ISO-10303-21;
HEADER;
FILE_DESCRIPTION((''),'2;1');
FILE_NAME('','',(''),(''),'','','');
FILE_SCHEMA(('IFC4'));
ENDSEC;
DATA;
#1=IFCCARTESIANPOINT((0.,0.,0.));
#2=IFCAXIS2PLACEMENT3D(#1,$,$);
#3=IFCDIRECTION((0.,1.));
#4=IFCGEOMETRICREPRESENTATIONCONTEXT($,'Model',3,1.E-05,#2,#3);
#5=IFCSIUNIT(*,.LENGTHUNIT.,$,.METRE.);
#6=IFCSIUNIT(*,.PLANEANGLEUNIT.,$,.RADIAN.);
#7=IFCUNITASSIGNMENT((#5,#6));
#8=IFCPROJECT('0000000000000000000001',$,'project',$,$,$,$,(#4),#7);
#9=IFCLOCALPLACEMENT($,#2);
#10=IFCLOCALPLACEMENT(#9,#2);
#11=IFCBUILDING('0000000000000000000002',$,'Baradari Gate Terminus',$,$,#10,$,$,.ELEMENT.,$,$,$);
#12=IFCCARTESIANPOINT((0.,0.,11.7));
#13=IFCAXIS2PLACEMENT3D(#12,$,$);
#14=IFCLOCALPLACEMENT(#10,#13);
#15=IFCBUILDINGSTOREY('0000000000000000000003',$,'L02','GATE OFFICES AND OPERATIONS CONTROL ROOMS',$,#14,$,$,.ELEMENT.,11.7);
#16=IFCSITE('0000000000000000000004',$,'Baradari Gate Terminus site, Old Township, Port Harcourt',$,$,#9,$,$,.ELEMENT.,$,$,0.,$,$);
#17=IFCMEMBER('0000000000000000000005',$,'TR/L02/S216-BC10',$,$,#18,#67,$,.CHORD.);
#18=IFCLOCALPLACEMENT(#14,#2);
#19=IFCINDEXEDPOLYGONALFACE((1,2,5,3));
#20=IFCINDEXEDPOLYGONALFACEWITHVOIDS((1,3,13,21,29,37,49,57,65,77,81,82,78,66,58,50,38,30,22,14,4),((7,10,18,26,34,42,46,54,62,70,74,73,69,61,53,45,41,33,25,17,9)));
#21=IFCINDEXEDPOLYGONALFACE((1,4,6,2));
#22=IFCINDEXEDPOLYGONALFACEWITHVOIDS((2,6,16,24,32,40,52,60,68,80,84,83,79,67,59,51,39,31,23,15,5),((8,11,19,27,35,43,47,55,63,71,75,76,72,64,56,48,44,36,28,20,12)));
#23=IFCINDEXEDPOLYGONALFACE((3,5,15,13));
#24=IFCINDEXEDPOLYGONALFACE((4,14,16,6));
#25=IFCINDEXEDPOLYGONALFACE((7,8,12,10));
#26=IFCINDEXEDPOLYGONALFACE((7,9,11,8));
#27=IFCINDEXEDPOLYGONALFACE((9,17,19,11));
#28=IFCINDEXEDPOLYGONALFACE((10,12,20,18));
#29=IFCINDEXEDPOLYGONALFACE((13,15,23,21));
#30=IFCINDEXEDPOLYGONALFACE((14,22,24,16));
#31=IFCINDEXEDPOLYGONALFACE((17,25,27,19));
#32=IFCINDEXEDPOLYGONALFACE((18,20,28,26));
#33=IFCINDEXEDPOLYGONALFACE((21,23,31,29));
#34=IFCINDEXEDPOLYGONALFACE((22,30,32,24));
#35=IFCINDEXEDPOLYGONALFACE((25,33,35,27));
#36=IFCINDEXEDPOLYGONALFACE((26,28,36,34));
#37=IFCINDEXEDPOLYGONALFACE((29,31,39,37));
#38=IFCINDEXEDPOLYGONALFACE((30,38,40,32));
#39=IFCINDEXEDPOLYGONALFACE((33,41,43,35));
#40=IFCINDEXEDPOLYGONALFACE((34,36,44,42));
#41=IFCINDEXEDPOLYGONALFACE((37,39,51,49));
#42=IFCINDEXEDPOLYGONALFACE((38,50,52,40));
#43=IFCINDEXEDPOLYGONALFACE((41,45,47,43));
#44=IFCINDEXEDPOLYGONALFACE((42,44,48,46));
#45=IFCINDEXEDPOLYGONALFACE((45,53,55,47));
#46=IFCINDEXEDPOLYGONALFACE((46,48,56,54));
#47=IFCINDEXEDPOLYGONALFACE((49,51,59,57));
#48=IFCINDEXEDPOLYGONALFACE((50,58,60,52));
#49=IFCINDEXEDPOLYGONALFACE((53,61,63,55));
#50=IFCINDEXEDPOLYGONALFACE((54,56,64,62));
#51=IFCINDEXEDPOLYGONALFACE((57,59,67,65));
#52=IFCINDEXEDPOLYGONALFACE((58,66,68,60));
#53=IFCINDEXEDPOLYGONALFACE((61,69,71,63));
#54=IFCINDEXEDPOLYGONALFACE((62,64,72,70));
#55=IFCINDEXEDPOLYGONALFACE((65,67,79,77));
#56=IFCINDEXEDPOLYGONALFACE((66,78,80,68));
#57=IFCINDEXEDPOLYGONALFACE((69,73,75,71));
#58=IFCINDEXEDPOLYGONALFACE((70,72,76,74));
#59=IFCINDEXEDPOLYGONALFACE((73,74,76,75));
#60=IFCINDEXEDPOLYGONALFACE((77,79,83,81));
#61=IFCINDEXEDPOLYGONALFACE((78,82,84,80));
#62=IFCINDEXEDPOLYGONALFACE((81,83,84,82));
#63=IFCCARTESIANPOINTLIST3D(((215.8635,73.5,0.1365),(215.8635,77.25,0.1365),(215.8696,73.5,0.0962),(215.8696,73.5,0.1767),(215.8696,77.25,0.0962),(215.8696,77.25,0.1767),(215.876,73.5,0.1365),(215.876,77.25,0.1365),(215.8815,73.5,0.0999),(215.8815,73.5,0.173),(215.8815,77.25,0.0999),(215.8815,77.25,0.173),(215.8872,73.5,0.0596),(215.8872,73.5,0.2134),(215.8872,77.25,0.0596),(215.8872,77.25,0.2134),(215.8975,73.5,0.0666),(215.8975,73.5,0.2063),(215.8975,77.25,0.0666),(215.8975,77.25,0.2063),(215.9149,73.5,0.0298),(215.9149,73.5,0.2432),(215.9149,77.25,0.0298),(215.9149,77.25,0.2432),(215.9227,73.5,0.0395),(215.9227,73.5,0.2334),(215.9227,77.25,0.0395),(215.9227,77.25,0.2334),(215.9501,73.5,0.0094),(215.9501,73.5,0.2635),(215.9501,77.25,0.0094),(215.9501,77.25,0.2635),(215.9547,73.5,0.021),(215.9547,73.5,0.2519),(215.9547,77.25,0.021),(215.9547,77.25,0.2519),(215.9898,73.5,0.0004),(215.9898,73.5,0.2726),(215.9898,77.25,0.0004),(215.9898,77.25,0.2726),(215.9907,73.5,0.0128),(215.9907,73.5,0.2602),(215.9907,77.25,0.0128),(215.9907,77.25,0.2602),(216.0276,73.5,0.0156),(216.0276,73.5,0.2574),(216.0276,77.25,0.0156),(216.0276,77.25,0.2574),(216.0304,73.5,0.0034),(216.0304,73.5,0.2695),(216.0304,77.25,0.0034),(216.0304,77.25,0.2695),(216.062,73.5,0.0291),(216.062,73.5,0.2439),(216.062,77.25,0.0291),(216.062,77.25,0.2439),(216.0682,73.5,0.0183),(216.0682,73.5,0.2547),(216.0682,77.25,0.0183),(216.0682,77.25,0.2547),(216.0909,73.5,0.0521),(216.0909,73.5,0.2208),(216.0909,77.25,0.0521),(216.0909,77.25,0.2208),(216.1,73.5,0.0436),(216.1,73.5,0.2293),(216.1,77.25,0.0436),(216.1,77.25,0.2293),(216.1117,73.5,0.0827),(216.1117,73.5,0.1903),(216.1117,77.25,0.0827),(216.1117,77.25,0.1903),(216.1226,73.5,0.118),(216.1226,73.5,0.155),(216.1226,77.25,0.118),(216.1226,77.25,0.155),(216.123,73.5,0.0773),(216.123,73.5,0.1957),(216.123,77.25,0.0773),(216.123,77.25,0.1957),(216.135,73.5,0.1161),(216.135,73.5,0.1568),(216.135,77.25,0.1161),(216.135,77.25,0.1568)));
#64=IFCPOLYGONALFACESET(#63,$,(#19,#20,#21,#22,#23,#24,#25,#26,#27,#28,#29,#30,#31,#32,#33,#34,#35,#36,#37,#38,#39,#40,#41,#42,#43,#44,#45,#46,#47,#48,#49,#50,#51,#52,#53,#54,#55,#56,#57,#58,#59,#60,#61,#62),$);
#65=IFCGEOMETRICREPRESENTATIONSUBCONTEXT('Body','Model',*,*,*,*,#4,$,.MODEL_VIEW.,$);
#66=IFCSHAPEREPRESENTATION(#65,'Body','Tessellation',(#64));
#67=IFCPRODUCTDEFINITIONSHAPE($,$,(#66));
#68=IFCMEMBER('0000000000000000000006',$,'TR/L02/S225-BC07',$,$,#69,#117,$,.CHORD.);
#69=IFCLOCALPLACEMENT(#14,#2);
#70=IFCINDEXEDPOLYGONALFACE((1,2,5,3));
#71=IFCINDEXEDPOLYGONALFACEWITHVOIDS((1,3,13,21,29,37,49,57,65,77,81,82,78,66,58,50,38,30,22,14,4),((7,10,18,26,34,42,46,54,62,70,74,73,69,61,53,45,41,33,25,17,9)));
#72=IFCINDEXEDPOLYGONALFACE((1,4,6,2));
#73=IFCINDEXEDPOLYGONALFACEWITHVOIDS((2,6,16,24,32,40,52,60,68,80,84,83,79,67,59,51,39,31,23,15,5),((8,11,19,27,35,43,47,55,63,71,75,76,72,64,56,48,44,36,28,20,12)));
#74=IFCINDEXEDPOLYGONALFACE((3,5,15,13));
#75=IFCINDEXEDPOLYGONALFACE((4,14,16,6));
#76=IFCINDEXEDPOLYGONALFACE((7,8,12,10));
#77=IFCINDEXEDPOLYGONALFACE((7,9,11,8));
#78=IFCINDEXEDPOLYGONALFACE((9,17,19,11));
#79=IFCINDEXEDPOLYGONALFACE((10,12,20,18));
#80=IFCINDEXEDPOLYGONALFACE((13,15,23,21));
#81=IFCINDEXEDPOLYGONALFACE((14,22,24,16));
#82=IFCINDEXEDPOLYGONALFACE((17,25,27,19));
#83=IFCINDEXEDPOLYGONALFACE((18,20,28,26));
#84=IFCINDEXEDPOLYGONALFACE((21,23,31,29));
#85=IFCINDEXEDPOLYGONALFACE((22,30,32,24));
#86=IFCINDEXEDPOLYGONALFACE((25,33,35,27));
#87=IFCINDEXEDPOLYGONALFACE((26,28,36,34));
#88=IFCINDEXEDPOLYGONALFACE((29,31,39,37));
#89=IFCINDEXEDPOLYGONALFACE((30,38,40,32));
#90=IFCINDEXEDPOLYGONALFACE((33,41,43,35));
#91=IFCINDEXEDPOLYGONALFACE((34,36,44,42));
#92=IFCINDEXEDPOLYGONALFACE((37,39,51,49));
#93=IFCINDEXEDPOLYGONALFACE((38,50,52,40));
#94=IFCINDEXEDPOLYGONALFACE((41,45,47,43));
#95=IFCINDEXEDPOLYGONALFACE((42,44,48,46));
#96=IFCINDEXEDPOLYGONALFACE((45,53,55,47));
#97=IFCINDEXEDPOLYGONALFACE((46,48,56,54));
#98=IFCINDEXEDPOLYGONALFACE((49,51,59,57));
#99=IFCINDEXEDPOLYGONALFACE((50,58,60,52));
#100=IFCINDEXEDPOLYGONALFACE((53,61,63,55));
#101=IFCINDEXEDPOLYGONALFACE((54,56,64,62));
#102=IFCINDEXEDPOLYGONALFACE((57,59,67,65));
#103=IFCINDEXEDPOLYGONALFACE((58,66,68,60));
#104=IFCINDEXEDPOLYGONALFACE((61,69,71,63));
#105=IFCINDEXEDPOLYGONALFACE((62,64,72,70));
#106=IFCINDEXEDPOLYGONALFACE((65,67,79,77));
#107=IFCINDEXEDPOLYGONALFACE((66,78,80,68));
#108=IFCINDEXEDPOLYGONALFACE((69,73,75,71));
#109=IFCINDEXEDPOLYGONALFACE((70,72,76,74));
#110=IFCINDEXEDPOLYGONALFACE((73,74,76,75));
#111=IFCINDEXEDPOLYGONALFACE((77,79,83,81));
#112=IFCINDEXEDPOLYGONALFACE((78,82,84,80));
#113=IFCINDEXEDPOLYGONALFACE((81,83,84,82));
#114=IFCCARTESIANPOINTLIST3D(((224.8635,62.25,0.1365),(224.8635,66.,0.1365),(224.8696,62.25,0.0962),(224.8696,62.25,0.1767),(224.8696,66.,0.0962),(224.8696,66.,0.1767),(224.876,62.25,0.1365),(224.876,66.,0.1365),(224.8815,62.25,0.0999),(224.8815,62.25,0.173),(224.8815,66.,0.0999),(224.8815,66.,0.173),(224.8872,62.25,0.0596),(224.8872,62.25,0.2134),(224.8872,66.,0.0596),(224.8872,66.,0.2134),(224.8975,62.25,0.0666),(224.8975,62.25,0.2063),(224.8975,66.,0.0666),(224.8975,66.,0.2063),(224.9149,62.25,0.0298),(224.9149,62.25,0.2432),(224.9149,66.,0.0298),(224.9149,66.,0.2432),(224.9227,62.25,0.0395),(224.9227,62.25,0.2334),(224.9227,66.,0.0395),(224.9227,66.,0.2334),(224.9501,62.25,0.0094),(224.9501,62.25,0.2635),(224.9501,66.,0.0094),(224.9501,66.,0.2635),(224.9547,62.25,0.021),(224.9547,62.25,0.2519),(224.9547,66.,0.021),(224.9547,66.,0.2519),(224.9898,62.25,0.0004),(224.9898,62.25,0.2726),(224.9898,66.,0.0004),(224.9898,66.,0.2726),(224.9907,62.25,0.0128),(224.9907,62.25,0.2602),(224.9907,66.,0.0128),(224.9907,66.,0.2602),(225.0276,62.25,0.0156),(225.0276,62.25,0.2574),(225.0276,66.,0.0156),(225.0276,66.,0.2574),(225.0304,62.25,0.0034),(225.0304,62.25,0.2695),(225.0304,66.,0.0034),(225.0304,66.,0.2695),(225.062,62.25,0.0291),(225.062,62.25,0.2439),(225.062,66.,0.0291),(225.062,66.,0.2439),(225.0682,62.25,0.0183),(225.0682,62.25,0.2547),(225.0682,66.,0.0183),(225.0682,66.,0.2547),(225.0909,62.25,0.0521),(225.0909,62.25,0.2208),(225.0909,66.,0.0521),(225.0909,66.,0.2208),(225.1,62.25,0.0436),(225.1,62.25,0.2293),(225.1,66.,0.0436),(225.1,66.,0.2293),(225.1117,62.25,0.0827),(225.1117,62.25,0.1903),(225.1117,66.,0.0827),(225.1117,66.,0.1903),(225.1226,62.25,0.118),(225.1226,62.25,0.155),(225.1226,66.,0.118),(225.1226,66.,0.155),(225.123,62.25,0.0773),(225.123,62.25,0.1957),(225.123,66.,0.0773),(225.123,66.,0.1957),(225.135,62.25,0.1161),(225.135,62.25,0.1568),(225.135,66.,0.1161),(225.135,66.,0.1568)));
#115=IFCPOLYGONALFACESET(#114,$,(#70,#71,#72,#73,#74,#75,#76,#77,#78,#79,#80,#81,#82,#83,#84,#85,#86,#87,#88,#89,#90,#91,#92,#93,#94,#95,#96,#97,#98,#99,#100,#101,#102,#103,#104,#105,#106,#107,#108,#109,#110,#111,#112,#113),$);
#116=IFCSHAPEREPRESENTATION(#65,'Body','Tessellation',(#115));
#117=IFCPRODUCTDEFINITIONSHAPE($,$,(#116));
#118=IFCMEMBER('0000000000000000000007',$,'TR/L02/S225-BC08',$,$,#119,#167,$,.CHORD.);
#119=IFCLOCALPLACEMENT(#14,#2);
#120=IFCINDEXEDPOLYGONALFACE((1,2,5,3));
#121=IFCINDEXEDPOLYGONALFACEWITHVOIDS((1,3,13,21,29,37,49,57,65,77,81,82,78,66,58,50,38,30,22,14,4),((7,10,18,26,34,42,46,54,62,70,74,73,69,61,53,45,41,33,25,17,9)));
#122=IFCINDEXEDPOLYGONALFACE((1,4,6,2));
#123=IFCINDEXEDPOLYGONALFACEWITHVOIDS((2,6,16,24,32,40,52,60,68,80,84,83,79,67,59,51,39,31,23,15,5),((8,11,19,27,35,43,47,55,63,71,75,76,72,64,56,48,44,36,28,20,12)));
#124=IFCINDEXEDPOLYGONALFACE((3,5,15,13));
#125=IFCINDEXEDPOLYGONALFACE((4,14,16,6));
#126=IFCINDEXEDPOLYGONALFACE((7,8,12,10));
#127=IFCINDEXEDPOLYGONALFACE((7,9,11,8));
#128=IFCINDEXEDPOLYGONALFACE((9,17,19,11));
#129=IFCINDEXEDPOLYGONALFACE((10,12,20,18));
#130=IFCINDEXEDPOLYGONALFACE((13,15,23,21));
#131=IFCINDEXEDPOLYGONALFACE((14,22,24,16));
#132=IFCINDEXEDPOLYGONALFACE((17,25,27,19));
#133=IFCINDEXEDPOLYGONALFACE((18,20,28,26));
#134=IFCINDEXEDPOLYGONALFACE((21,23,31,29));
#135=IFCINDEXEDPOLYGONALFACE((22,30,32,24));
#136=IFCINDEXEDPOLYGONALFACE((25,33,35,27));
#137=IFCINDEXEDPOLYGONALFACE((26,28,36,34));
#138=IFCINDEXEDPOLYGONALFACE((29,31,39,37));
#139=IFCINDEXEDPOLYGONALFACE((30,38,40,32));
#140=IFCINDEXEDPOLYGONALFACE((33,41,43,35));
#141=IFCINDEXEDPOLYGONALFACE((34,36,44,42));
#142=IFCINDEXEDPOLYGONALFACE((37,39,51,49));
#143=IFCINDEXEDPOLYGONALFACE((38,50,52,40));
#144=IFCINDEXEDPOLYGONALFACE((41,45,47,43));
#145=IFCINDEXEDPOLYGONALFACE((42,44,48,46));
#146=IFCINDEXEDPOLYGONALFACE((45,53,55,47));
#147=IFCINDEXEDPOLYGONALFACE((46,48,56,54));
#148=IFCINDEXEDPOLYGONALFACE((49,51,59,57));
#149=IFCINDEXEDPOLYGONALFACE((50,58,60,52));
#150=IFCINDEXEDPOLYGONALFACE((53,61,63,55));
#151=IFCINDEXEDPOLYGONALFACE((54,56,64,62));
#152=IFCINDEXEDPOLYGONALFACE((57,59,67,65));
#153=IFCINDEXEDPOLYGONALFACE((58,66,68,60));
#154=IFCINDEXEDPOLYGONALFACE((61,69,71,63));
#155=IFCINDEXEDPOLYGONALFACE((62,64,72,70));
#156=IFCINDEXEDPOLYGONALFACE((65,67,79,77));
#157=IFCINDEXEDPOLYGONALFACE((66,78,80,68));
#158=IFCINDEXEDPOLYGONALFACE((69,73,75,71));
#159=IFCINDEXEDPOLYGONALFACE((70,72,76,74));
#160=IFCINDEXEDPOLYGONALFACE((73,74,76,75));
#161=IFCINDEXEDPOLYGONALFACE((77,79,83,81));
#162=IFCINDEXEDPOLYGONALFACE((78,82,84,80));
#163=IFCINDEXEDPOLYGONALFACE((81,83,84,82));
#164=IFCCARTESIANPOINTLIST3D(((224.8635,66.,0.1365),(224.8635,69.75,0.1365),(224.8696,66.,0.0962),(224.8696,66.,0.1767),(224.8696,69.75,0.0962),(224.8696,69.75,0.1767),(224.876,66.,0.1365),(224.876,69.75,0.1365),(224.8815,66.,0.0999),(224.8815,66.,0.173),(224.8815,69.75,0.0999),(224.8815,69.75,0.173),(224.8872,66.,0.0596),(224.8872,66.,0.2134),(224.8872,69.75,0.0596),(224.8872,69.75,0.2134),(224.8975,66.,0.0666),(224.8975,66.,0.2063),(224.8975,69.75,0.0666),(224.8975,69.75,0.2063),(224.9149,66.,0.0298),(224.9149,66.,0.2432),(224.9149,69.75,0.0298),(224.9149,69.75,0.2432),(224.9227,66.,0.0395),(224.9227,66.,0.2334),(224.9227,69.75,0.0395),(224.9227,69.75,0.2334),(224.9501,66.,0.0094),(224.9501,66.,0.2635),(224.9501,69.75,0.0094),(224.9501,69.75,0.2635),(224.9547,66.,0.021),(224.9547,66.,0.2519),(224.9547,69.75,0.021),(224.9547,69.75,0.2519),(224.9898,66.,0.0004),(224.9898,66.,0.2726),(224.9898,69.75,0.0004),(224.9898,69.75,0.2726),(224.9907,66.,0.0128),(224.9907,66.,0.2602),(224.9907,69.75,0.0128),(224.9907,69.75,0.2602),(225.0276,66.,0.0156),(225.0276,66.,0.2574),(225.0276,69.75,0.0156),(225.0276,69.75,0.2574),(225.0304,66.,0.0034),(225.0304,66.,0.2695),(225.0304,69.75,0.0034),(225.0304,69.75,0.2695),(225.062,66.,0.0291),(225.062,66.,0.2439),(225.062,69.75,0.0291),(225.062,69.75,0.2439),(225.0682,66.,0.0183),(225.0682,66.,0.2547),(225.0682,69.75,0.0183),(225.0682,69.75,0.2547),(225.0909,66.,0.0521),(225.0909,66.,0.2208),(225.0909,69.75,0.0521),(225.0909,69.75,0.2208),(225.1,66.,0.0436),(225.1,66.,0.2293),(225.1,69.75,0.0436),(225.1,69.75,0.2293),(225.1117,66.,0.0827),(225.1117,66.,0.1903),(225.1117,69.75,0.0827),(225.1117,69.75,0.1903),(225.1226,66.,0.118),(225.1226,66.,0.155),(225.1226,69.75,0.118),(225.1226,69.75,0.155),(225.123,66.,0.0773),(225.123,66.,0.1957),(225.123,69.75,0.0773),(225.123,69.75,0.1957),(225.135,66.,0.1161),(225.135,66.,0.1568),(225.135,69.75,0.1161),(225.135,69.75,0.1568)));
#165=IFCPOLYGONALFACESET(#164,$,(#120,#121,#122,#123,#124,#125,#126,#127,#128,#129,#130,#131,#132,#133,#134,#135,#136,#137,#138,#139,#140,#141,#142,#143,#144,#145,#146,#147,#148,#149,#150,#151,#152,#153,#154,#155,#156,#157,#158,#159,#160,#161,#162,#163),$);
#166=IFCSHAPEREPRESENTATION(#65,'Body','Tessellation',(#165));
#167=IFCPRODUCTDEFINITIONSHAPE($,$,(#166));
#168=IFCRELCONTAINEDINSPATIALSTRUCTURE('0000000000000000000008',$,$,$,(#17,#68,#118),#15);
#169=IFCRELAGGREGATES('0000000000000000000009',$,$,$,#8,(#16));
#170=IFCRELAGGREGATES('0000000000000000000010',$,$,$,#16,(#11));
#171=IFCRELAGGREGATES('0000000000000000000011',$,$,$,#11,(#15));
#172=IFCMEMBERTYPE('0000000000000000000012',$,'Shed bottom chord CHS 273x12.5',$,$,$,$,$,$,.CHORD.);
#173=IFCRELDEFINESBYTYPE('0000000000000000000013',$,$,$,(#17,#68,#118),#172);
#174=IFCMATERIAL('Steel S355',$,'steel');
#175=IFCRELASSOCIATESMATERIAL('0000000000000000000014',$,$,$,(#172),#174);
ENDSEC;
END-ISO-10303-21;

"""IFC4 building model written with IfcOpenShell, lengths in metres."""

from ifc_helpers import new_model, si_unit, direction, frame, origin, origin_2d, place, context, subcontext, project, spatial, hollow_circle, extrude, material, material_profile, profile_set, type_object, element, save


model = new_model("IFC4")

# Units and contexts
model_context = context("Model", 3, precision=1e-05, world=origin(), true_north=direction((0.0, 1.0)))
body_context = subcontext(model_context, "Body", "Model", "MODEL_VIEW")
ifc_project = project(units=[si_unit("LENGTHUNIT", "METRE"), si_unit("PLANEANGLEUNIT", "RADIAN")], contexts=[model_context])

# Site, building, storey
site_placement = place(None, origin())
site = spatial("IfcSite", under=ifc_project, at=site_placement, Name="Baradari Gate Terminus site, Old Township, Port Harcourt", CompositionType="ELEMENT", RefElevation=0.0)
building_placement = place(site_placement, origin())
building = spatial("IfcBuilding", under=site, at=building_placement, Name="Baradari Gate Terminus", CompositionType="ELEMENT")
storey_placement = place(building_placement, frame((0.0, 0.0, 11.7)))
storey = spatial("IfcBuildingStorey", under=building, at=storey_placement, Name="L02", Description="GATE OFFICES AND OPERATIONS CONTROL ROOMS", CompositionType="ELEMENT", Elevation=11.7)

# Members
ifc_material_1 = material(Name="Steel S355", Category="steel")
ifc_material_profile_1 = material_profile(ifc_material_1, hollow_circle(Radius=0.1365, WallThickness=0.0125, at=origin_2d()), Name="CHS 273x12.5")
ifc_profile_set_1 = profile_set([ifc_material_profile_1], Name="Steel S355")
member_type_1 = type_object("IfcMemberType", Name="Shed bottom chord CHS 273x12.5", PredefinedType="CHORD", material=ifc_profile_set_1)
for number, where, z_axis, x_axis, name in (
    (1, (216.0, 73.5, 0.1365), (0.0, 1.0, 0.0), (-1.0, 0.0, 0.0), "TR/L02/S216-BC10"),
    (2, (225.0, 62.25, 0.1365), (0.0, 1.0, 0.0), (-1.0, 0.0, 0.0), "TR/L02/S225-BC07"),
    (3, (225.0, 66.0, 0.1365), (0.0, 1.0, 0.0), (-1.0, 0.0, 0.0), "TR/L02/S225-BC08"),
):
    element("IfcMember", number, at=place(storey_placement, frame(where, z_axis=z_axis, x_axis=x_axis)), inside=storey, type_object=member_type_1, Name=name, PredefinedType="CHORD", context=body_context, shape_type="SweptSolid", body=[
        extrude(hollow_circle(Radius=0.1365, WallThickness=0.0125, at=origin_2d()), origin(), (0.0, 0.0, 1.0), 3.75),
    ])

save(model, "model.ifc")
